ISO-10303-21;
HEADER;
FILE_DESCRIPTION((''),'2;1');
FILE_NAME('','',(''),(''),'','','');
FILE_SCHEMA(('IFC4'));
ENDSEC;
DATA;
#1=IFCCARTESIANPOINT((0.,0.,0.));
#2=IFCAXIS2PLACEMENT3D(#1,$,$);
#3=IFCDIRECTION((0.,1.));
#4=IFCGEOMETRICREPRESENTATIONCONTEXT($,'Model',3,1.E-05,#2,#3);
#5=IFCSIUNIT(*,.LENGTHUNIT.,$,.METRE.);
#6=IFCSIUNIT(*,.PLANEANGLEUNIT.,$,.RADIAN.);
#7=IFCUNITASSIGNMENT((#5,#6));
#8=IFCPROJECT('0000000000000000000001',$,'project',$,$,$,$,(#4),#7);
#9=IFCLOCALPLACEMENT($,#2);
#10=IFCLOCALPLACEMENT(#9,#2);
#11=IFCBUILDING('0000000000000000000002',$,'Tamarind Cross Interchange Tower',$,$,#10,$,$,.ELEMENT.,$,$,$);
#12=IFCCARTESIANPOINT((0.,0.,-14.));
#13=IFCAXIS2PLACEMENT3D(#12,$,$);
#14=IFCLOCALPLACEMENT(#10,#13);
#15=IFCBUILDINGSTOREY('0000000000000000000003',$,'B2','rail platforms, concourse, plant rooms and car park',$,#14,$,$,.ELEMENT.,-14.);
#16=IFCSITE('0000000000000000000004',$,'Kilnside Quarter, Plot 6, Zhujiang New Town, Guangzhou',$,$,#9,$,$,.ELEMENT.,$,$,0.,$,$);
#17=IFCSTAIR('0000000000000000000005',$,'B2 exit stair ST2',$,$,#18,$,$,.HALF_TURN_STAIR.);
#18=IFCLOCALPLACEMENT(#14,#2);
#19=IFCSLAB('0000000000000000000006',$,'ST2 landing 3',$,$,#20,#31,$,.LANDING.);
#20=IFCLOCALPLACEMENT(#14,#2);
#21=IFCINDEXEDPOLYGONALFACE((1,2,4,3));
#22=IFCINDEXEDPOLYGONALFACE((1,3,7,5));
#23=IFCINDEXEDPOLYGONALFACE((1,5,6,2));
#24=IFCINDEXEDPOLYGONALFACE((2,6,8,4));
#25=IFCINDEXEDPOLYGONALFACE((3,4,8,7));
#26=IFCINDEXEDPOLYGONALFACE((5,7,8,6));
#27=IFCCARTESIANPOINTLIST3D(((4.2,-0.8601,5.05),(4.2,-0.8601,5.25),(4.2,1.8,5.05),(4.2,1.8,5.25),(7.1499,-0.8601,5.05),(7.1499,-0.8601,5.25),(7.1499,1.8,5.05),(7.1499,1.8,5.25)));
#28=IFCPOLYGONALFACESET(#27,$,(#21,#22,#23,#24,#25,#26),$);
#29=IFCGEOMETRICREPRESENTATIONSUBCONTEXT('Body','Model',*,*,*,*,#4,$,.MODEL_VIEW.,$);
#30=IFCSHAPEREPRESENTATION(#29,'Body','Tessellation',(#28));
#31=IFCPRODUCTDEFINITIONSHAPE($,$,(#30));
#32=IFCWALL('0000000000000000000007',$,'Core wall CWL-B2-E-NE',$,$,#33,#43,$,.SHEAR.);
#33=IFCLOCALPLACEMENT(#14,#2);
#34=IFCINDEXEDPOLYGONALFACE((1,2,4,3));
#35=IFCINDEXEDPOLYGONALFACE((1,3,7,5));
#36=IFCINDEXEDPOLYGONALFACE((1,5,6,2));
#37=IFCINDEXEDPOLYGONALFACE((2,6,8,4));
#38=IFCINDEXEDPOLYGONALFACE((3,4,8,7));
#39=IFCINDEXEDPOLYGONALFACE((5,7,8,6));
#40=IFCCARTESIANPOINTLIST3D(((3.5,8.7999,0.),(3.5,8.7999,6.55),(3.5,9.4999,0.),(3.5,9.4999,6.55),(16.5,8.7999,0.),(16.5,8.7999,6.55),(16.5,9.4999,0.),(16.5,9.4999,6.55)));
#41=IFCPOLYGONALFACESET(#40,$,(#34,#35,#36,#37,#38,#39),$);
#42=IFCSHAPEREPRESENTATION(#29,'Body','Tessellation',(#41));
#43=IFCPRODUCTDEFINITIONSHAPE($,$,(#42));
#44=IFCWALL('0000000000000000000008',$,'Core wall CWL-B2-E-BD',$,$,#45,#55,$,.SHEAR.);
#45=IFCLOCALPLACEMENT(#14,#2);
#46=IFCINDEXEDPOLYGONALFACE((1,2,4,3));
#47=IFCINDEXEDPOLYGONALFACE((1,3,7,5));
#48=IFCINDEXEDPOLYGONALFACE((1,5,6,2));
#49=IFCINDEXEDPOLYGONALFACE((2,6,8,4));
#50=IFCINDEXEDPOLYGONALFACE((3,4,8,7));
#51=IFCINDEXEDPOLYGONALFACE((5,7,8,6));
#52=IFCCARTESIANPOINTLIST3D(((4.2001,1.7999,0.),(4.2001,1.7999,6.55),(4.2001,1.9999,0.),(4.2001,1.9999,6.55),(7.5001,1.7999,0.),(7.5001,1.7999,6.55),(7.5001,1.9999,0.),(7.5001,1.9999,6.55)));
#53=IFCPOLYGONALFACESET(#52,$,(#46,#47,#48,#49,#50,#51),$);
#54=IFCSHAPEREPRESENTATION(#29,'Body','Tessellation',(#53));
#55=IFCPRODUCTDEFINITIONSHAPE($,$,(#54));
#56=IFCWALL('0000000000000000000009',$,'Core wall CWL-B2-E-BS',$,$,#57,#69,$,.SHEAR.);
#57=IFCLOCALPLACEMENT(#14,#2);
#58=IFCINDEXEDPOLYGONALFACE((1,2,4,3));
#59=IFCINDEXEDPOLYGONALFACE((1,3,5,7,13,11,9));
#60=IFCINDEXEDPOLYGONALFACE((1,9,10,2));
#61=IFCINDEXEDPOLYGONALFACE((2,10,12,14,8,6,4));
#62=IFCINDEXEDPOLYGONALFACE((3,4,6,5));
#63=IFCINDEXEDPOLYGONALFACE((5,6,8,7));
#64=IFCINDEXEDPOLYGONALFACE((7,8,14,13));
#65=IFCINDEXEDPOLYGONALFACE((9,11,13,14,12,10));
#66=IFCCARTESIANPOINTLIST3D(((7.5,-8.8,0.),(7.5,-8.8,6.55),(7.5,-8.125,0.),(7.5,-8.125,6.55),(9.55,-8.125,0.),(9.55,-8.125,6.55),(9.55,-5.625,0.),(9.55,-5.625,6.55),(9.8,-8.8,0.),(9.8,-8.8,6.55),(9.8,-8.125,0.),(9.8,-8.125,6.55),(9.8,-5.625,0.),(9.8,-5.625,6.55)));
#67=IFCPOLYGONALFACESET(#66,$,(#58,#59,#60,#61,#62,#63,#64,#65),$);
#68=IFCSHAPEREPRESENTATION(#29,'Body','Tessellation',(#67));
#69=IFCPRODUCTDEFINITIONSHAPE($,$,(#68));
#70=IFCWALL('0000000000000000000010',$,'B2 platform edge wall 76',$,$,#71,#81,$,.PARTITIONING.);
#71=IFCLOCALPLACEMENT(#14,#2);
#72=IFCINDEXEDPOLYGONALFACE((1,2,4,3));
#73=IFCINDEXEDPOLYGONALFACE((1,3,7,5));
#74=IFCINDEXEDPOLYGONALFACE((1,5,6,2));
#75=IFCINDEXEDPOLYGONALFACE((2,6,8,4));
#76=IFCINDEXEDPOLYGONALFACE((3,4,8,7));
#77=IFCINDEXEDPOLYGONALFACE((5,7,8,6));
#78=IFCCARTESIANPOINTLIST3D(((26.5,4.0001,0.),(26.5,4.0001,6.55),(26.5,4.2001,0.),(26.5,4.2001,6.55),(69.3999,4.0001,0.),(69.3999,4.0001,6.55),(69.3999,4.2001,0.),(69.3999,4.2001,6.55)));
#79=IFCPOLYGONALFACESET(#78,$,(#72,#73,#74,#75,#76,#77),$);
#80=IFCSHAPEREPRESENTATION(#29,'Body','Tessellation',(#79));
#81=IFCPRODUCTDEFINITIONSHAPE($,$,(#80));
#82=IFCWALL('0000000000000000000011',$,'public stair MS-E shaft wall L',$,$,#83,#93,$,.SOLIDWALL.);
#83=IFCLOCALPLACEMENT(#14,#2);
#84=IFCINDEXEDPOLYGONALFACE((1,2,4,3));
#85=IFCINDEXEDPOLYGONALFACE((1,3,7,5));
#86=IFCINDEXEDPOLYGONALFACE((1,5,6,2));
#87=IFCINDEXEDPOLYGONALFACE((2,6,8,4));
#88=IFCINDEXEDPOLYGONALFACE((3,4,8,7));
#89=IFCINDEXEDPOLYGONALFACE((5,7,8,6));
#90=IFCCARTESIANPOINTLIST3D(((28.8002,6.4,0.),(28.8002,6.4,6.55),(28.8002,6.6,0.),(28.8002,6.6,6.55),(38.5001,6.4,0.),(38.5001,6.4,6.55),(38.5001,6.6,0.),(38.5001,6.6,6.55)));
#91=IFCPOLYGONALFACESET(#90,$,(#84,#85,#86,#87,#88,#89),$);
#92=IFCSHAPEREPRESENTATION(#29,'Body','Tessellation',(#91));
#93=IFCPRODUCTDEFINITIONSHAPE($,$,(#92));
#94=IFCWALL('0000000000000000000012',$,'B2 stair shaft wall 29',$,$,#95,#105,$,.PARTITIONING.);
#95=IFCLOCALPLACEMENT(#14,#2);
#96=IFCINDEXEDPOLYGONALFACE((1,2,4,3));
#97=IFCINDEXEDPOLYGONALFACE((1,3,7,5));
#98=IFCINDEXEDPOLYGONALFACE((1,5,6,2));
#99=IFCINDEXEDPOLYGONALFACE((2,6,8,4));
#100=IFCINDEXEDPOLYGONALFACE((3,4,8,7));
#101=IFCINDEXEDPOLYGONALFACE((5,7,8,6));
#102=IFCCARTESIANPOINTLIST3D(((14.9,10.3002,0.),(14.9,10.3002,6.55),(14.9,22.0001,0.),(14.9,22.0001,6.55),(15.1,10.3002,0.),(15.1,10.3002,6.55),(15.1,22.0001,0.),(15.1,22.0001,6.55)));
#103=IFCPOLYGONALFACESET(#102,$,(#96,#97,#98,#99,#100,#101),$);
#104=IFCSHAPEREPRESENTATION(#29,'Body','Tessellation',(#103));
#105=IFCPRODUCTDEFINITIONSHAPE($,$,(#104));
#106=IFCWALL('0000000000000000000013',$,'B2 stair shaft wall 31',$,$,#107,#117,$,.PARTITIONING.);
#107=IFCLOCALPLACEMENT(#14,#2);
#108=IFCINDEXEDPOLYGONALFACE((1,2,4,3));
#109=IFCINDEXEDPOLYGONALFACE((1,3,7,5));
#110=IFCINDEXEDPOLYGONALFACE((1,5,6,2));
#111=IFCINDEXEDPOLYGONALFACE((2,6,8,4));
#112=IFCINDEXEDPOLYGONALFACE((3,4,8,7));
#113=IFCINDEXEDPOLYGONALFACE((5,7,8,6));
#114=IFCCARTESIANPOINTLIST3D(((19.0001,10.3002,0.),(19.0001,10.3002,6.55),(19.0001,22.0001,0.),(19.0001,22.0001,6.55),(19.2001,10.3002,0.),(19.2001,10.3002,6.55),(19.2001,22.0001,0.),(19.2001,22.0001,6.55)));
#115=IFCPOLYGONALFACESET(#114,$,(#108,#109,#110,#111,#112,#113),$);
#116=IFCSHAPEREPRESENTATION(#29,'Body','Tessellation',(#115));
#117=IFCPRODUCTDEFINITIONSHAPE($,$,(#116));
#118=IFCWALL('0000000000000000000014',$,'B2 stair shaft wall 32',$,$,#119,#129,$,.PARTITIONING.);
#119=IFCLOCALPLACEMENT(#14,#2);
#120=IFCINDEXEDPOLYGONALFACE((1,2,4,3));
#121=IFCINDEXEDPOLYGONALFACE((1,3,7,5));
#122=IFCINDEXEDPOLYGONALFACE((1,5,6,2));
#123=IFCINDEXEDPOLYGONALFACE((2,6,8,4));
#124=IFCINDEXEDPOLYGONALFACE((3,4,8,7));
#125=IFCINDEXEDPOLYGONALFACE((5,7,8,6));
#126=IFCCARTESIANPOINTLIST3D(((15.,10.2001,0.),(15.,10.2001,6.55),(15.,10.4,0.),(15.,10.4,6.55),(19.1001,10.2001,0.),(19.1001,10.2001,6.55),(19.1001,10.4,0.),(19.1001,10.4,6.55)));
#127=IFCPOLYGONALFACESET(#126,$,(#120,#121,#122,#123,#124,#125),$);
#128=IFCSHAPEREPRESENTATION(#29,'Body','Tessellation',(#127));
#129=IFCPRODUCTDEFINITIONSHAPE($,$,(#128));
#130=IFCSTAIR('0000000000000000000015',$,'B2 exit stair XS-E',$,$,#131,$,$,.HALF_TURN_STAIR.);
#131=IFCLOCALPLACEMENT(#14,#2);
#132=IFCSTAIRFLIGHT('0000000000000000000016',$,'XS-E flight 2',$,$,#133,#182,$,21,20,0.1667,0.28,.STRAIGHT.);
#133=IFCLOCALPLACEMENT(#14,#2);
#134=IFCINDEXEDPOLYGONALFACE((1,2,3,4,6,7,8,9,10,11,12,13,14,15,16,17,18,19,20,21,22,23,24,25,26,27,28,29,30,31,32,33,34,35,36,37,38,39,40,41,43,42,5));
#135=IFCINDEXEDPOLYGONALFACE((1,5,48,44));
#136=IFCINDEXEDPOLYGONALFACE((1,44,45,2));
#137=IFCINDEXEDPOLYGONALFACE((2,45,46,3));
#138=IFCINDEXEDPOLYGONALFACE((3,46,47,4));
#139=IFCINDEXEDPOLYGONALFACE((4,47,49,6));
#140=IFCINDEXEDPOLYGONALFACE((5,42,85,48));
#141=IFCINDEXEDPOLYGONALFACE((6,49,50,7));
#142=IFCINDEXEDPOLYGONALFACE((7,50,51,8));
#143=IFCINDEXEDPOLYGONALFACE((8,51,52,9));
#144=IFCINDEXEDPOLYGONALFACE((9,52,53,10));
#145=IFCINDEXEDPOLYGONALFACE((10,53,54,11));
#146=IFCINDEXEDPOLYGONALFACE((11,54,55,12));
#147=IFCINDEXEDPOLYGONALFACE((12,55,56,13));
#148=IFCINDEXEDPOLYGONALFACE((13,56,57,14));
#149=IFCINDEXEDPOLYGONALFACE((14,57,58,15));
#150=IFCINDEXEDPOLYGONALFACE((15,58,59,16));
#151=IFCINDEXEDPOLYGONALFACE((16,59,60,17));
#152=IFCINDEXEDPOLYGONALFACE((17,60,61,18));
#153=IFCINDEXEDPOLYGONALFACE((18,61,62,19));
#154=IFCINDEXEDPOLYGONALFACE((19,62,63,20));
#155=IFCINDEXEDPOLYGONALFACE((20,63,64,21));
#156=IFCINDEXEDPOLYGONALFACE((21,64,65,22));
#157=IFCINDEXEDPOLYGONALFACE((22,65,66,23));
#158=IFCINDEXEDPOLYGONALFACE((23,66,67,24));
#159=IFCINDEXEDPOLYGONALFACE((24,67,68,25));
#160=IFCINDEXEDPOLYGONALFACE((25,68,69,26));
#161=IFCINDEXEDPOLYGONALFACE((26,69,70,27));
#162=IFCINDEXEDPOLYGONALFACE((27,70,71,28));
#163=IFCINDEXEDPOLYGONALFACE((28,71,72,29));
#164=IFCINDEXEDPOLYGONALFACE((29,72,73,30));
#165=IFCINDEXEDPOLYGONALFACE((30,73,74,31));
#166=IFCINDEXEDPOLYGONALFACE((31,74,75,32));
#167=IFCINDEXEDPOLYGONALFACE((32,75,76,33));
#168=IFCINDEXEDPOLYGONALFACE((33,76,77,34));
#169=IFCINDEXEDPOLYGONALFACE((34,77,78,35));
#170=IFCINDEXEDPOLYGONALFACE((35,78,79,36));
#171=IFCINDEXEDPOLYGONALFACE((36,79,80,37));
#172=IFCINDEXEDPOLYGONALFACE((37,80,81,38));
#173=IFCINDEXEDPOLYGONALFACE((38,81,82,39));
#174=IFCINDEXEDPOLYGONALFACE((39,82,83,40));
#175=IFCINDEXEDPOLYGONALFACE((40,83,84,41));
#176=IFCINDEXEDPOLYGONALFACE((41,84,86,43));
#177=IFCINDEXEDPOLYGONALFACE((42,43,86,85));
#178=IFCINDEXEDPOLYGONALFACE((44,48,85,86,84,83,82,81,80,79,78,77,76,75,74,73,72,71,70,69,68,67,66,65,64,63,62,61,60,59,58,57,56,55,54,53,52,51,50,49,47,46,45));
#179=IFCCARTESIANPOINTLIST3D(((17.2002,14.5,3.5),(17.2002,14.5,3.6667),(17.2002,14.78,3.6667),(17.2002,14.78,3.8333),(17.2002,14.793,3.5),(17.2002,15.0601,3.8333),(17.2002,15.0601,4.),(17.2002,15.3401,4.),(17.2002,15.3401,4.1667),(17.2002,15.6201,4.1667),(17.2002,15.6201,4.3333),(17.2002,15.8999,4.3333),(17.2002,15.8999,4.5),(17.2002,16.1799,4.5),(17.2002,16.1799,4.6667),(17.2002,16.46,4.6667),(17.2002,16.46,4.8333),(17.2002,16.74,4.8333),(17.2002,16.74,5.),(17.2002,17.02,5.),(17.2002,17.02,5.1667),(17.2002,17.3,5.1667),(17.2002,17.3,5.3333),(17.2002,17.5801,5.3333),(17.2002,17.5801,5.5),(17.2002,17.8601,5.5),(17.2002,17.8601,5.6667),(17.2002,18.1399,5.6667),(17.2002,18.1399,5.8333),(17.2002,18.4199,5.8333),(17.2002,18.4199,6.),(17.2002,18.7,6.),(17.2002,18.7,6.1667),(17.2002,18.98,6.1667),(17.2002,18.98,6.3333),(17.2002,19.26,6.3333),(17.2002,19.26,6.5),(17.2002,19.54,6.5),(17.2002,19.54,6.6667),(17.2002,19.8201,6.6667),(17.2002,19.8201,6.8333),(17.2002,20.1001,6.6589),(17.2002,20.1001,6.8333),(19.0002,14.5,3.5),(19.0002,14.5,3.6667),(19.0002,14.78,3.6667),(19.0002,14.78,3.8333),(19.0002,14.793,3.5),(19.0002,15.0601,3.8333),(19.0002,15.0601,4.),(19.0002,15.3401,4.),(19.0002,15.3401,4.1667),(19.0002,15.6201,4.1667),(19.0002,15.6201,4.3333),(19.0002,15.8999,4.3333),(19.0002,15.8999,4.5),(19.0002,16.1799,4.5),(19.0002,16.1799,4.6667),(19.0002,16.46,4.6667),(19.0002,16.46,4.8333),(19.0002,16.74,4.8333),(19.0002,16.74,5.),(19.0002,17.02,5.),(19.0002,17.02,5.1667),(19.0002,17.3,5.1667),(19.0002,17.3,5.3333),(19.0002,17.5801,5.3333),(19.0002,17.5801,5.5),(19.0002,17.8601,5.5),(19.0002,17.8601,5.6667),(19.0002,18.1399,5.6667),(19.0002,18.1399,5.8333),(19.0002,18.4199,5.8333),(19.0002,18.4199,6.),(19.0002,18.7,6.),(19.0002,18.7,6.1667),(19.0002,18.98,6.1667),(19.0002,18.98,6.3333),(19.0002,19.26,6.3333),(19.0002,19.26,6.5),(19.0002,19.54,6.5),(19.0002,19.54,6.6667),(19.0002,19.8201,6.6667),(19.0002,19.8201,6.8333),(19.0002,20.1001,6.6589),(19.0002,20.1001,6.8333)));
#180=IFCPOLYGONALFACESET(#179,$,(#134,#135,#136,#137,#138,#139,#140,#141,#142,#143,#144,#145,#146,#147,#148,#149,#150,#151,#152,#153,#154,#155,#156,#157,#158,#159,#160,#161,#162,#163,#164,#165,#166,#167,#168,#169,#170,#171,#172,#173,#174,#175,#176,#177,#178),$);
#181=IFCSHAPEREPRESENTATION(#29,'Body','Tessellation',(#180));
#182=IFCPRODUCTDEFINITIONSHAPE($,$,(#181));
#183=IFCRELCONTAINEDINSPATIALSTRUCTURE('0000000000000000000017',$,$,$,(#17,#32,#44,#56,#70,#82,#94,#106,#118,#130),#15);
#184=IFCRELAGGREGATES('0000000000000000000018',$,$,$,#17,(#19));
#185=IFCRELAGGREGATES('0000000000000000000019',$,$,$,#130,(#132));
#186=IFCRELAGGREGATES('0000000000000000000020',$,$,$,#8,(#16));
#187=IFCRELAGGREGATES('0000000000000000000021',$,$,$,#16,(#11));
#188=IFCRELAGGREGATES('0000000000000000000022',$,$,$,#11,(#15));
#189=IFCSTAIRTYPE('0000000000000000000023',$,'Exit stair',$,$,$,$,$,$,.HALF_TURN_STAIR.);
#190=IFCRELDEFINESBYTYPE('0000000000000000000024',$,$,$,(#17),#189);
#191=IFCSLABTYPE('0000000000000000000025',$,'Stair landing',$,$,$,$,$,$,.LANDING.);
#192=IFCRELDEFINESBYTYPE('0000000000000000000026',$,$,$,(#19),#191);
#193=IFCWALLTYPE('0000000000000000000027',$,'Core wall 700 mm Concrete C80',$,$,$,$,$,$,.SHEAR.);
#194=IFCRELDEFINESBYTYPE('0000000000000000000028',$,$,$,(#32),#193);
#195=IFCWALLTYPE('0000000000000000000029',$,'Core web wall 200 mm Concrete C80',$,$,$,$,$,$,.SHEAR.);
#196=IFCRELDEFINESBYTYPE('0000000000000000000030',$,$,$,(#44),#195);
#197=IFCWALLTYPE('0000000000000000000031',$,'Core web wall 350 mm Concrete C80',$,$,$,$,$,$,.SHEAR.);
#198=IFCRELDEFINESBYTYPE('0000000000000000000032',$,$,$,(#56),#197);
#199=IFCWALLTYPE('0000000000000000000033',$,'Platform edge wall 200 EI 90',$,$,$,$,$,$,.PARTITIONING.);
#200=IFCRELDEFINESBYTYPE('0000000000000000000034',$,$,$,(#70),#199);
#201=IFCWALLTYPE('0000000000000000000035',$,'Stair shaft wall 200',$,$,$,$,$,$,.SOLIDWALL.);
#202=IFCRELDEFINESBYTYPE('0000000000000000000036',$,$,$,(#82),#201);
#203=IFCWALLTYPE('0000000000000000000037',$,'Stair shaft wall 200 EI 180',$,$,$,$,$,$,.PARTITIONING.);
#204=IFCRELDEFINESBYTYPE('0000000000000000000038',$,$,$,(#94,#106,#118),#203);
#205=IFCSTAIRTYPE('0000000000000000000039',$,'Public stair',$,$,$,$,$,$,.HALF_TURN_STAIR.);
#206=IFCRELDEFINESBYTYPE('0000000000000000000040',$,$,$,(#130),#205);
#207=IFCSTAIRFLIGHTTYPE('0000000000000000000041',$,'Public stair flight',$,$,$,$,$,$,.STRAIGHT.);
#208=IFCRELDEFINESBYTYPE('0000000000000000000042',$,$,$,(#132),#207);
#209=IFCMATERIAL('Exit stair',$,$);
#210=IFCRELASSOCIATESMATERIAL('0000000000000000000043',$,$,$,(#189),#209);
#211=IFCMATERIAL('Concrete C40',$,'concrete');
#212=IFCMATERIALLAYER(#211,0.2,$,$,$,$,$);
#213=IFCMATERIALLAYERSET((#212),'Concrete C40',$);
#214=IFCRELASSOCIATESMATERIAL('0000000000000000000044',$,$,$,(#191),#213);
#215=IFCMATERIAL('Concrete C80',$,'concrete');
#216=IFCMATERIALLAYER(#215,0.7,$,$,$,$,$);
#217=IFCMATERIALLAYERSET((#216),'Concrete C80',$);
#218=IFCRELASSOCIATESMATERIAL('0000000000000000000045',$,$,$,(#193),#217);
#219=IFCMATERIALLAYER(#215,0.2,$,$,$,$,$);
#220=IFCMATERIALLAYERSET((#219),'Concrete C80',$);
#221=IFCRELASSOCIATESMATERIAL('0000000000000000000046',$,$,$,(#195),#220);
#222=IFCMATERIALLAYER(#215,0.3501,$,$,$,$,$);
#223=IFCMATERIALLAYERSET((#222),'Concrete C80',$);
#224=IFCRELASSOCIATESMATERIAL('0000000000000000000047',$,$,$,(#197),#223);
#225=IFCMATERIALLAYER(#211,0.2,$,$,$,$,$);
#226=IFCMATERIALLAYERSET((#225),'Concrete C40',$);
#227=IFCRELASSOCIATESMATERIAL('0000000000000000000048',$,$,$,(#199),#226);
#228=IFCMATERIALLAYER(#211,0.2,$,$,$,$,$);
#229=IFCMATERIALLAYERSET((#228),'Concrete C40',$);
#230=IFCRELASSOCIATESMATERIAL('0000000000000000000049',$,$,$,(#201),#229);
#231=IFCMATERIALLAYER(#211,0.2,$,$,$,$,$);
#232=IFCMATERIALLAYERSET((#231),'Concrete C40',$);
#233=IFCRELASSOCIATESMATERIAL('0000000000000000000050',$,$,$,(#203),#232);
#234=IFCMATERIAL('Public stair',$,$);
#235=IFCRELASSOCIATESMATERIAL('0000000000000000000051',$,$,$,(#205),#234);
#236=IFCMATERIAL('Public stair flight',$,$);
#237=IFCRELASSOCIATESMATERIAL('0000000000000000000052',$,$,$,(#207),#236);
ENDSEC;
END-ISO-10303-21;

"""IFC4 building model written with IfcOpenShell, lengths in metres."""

from ifc_helpers import new_model, si_unit, direction, frame, frame_2d, origin, place, context, subcontext, project, spatial, polyline, rectangle, outline, extrude, material, layer, layer_set, type_object, element, aggregate, save


model = new_model("IFC4")

# Units and contexts
model_context = context("Model", 3, precision=1e-05, world=origin(), true_north=direction((0.0, 1.0)))
body_context = subcontext(model_context, "Body", "Model", "MODEL_VIEW")
ifc_project = project(units=[si_unit("LENGTHUNIT", "METRE"), si_unit("PLANEANGLEUNIT", "RADIAN")], contexts=[model_context])

# Site, building, storey
site_placement = place(None, origin())
site = spatial("IfcSite", under=ifc_project, at=site_placement, Name="Kilnside Quarter, Plot 6, Zhujiang New Town, Guangzhou", CompositionType="ELEMENT", RefElevation=0.0)
building_placement = place(site_placement, origin())
building = spatial("IfcBuilding", under=site, at=building_placement, Name="Tamarind Cross Interchange Tower", CompositionType="ELEMENT")
storey_placement = place(building_placement, frame((0.0, 0.0, -14.0)))
storey = spatial("IfcBuildingStorey", under=building, at=storey_placement, Name="B2", Description="rail platforms, concourse, plant rooms and car park", CompositionType="ELEMENT", Elevation=-14.0)

# Shared definitions
ifc_material_1 = material(Name="Concrete C80", Category="concrete")

# Stair, slab
ifc_material_2 = material(Name="Exit stair")
stair_type_1 = type_object("IfcStairType", Name="Exit stair", PredefinedType="HALF_TURN_STAIR", material=ifc_material_2)
ifc_material_3 = material(Name="Concrete C40", Category="concrete")
ifc_layer_1 = layer(ifc_material_3, 0.2)
ifc_layer_set_1 = layer_set([ifc_layer_1], Name="Concrete C40")
slab_type = type_object("IfcSlabType", Name="Stair landing", PredefinedType="LANDING", material=ifc_layer_set_1)
stair_1_placement = place(storey_placement, origin())
stair_1 = element("IfcStair", 1, at=stair_1_placement, inside=storey, type_object=stair_type_1, Name="B2 exit stair ST2", PredefinedType="HALF_TURN_STAIR")
slab_1_placement = place(storey_placement, frame((0.0, 0.0, 5.05)))
slab_1 = element("IfcSlab", 2, at=slab_1_placement, type_object=slab_type, Name="ST2 landing 3", PredefinedType="LANDING", context=body_context, shape_type="SweptSolid", body=[
    extrude(outline(polyline([(7.1499, -0.8601), (7.1499, 1.8), (4.2, 1.8), (4.2, -0.8601), (7.1499, -0.8601)])), origin(), (0.0, 0.0, 1.0), 0.2),
])
aggregate(stair_1, [slab_1])

# Walls
ifc_layer_2 = layer(ifc_material_1, 0.7)
ifc_layer_set_2 = layer_set([ifc_layer_2], Name="Concrete C80")
wall_type_1 = type_object("IfcWallType", Name="Core wall 700 mm Concrete C80", PredefinedType="SHEAR", material=ifc_layer_set_2)
wall_1_placement = place(storey_placement, frame((16.5, 9.1499, 0.0), z_axis=(0.0, 0.0, 1.0), x_axis=(-1.0, 0.0, 0.0)))
element("IfcWall", 3, at=wall_1_placement, inside=storey, type_object=wall_type_1, Name="Core wall CWL-B2-E-NE", PredefinedType="SHEAR", context=body_context, shape_type="SweptSolid", body=[
    extrude(rectangle(XDim=13.0, YDim=0.7, at=frame_2d((6.5, 0.0))), origin(), (0.0, 0.0, 1.0), 6.55),
])
ifc_layer_3 = layer(ifc_material_1, 0.2)
ifc_layer_set_3 = layer_set([ifc_layer_3], Name="Concrete C80")
wall_type_2 = type_object("IfcWallType", Name="Core web wall 200 mm Concrete C80", PredefinedType="SHEAR", material=ifc_layer_set_3)
wall_2_placement = place(storey_placement, frame((7.5, 1.8999, 0.0), z_axis=(0.0, 0.0, 1.0), x_axis=(-1.0, 0.0, 0.0)))
element("IfcWall", 4, at=wall_2_placement, inside=storey, type_object=wall_type_2, Name="Core wall CWL-B2-E-BD", PredefinedType="SHEAR", context=body_context, shape_type="SweptSolid", body=[
    extrude(rectangle(XDim=3.3, YDim=0.2, at=frame_2d((1.6499, 0.0))), origin(), (0.0, 0.0, 1.0), 6.55),
])
ifc_layer_4 = layer(ifc_material_1, 0.3501)
ifc_layer_set_4 = layer_set([ifc_layer_4], Name="Concrete C80")
wall_type_3 = type_object("IfcWallType", Name="Core web wall 350 mm Concrete C80", PredefinedType="SHEAR", material=ifc_layer_set_4)
wall_3_placement = place(storey_placement, origin())
element("IfcWall", 5, at=wall_3_placement, inside=storey, type_object=wall_type_3, Name="Core wall CWL-B2-E-BS", PredefinedType="SHEAR", context=body_context, shape_type="SweptSolid", body=[
    extrude(outline(polyline([(7.5, -8.125), (7.5, -8.8), (9.8, -8.8), (9.8, -8.125), (9.8, -5.625), (9.55, -5.625), (9.55, -8.125), (7.5, -8.125)])), origin(), (0.0, 0.0, 1.0), 6.55),
])
ifc_layer_5 = layer(ifc_material_3, 0.2)
ifc_layer_set_5 = layer_set([ifc_layer_5], Name="Concrete C40")
wall_type_4 = type_object("IfcWallType", Name="Platform edge wall 200 EI 90", PredefinedType="PARTITIONING", material=ifc_layer_set_5)
wall_4_placement = place(storey_placement, frame((26.5, 4.1001, 0.0), z_axis=(0.0, 0.0, 1.0), x_axis=(1.0, 0.0, 0.0)))
element("IfcWall", 6, at=wall_4_placement, inside=storey, type_object=wall_type_4, Name="B2 platform edge wall 76", PredefinedType="PARTITIONING", context=body_context, shape_type="SweptSolid", body=[
    extrude(rectangle(XDim=42.8999, YDim=0.2, at=frame_2d((21.45, 0.0))), origin(), (0.0, 0.0, 1.0), 6.55),
])
ifc_layer_6 = layer(ifc_material_3, 0.2)
ifc_layer_set_6 = layer_set([ifc_layer_6], Name="Concrete C40")
wall_type_5 = type_object("IfcWallType", Name="Stair shaft wall 200", PredefinedType="SOLIDWALL", material=ifc_layer_set_6)
wall_5_placement = place(storey_placement, frame((28.8, 6.5, 0.0), z_axis=(0.0, 0.0, 1.0), x_axis=(1.0, 0.0, 0.0)))
element("IfcWall", 7, at=wall_5_placement, inside=storey, type_object=wall_type_5, Name="public stair MS-E shaft wall L", PredefinedType="SOLIDWALL", context=body_context, shape_type="SweptSolid", body=[
    extrude(rectangle(XDim=9.7, YDim=0.2, at=frame_2d((4.8501, 0.0))), origin(), (0.0, 0.0, 1.0), 6.55),
])
ifc_layer_7 = layer(ifc_material_3, 0.2)
ifc_layer_set_7 = layer_set([ifc_layer_7], Name="Concrete C40")
wall_type_6 = type_object("IfcWallType", Name="Stair shaft wall 200 EI 180", PredefinedType="PARTITIONING", material=ifc_layer_set_7)
for number, where, z_axis, x_axis, name in (
    (8, (15.0, 10.3, 0.0), (0.0, 0.0, 1.0), (0.0, 1.0, 0.0), "B2 stair shaft wall 29"),
    (9, (19.1001, 10.3, 0.0), (0.0, 0.0, 1.0), (0.0, 1.0, 0.0), "B2 stair shaft wall 31"),
):
    element("IfcWall", number, at=place(storey_placement, frame(where, z_axis=z_axis, x_axis=x_axis)), inside=storey, type_object=wall_type_6, Name=name, PredefinedType="PARTITIONING", context=body_context, shape_type="SweptSolid", body=[
        extrude(rectangle(XDim=11.7, YDim=0.2, at=frame_2d((5.8501, 0.0))), origin(), (0.0, 0.0, 1.0), 6.55),
    ])
wall_6_placement = place(storey_placement, frame((15.0, 10.3, 0.0), z_axis=(0.0, 0.0, 1.0), x_axis=(1.0, 0.0, 0.0)))
element("IfcWall", 10, at=wall_6_placement, inside=storey, type_object=wall_type_6, Name="B2 stair shaft wall 32", PredefinedType="PARTITIONING", context=body_context, shape_type="SweptSolid", body=[
    extrude(rectangle(XDim=4.1001, YDim=0.2, at=frame_2d((2.05, 0.0))), origin(), (0.0, 0.0, 1.0), 6.55),
])

# Stair, stair flight
ifc_material_4 = material(Name="Public stair")
stair_type_2 = type_object("IfcStairType", Name="Public stair", PredefinedType="HALF_TURN_STAIR", material=ifc_material_4)
stair_2_placement = place(storey_placement, origin())
stair_2 = element("IfcStair", 11, at=stair_2_placement, inside=storey, type_object=stair_type_2, Name="B2 exit stair XS-E", PredefinedType="HALF_TURN_STAIR")
ifc_material_5 = material(Name="Public stair flight")
stair_flight_type = type_object("IfcStairFlightType", Name="Public stair flight", PredefinedType="STRAIGHT", material=ifc_material_5)
stair_flight_placement = place(storey_placement, frame((18.1001, 14.5, 3.5), z_axis=(0.0, 0.0, 1.0), x_axis=(0.0, 1.0, 0.0)))
stair_flight = element("IfcStairFlight", 12, at=stair_flight_placement, type_object=stair_flight_type, Name="XS-E flight 2", NumberOfRisers=21, NumberOfTreads=20, PredefinedType="STRAIGHT", RiserHeight=0.1667, TreadLength=0.28, context=body_context, shape_type="SweptSolid", body=[
    extrude(outline(polyline([(0.0, 0.0), (0.0, 0.1667), (0.28, 0.1667), (0.28, 0.3333), (0.5601, 0.3333), (0.5601, 0.5), (0.8401, 0.5), (0.8401, 0.6667), (1.1201, 0.6667), (1.1201, 0.8333), (1.3999, 0.8333), (1.3999, 1.0), (1.6799, 1.0), (1.6799, 1.1667), (1.96, 1.1667), (1.96, 1.3333), (2.24, 1.3333), (2.24, 1.5), (2.52, 1.5), (2.52, 1.6667), (2.8, 1.6667), (2.8, 1.8333), (3.0801, 1.8333), (3.0801, 2.0), (3.3601, 2.0), (3.3601, 2.1667), (3.6399, 2.1667), (3.6399, 2.3333), (3.9199, 2.3333), (3.9199, 2.5), (4.2, 2.5), (4.2, 2.6667), (4.48, 2.6667), (4.48, 2.8333), (4.76, 2.8333), (4.76, 3.0), (5.04, 3.0), (5.04, 3.1667), (5.3201, 3.1667), (5.3201, 3.3333), (5.6001, 3.3333), (5.6001, 3.5), (5.6001, 3.1589), (0.293, 0.0), (0.0, 0.0)])), frame((0.0, 0.8999, 0.0), z_axis=(0.0, -1.0, 0.0), x_axis=(1.0, 0.0, 0.0)), (0.0, 0.0, 1.0), 1.8),
])
aggregate(stair_2, [stair_flight])

save(model, "model.ifc")
